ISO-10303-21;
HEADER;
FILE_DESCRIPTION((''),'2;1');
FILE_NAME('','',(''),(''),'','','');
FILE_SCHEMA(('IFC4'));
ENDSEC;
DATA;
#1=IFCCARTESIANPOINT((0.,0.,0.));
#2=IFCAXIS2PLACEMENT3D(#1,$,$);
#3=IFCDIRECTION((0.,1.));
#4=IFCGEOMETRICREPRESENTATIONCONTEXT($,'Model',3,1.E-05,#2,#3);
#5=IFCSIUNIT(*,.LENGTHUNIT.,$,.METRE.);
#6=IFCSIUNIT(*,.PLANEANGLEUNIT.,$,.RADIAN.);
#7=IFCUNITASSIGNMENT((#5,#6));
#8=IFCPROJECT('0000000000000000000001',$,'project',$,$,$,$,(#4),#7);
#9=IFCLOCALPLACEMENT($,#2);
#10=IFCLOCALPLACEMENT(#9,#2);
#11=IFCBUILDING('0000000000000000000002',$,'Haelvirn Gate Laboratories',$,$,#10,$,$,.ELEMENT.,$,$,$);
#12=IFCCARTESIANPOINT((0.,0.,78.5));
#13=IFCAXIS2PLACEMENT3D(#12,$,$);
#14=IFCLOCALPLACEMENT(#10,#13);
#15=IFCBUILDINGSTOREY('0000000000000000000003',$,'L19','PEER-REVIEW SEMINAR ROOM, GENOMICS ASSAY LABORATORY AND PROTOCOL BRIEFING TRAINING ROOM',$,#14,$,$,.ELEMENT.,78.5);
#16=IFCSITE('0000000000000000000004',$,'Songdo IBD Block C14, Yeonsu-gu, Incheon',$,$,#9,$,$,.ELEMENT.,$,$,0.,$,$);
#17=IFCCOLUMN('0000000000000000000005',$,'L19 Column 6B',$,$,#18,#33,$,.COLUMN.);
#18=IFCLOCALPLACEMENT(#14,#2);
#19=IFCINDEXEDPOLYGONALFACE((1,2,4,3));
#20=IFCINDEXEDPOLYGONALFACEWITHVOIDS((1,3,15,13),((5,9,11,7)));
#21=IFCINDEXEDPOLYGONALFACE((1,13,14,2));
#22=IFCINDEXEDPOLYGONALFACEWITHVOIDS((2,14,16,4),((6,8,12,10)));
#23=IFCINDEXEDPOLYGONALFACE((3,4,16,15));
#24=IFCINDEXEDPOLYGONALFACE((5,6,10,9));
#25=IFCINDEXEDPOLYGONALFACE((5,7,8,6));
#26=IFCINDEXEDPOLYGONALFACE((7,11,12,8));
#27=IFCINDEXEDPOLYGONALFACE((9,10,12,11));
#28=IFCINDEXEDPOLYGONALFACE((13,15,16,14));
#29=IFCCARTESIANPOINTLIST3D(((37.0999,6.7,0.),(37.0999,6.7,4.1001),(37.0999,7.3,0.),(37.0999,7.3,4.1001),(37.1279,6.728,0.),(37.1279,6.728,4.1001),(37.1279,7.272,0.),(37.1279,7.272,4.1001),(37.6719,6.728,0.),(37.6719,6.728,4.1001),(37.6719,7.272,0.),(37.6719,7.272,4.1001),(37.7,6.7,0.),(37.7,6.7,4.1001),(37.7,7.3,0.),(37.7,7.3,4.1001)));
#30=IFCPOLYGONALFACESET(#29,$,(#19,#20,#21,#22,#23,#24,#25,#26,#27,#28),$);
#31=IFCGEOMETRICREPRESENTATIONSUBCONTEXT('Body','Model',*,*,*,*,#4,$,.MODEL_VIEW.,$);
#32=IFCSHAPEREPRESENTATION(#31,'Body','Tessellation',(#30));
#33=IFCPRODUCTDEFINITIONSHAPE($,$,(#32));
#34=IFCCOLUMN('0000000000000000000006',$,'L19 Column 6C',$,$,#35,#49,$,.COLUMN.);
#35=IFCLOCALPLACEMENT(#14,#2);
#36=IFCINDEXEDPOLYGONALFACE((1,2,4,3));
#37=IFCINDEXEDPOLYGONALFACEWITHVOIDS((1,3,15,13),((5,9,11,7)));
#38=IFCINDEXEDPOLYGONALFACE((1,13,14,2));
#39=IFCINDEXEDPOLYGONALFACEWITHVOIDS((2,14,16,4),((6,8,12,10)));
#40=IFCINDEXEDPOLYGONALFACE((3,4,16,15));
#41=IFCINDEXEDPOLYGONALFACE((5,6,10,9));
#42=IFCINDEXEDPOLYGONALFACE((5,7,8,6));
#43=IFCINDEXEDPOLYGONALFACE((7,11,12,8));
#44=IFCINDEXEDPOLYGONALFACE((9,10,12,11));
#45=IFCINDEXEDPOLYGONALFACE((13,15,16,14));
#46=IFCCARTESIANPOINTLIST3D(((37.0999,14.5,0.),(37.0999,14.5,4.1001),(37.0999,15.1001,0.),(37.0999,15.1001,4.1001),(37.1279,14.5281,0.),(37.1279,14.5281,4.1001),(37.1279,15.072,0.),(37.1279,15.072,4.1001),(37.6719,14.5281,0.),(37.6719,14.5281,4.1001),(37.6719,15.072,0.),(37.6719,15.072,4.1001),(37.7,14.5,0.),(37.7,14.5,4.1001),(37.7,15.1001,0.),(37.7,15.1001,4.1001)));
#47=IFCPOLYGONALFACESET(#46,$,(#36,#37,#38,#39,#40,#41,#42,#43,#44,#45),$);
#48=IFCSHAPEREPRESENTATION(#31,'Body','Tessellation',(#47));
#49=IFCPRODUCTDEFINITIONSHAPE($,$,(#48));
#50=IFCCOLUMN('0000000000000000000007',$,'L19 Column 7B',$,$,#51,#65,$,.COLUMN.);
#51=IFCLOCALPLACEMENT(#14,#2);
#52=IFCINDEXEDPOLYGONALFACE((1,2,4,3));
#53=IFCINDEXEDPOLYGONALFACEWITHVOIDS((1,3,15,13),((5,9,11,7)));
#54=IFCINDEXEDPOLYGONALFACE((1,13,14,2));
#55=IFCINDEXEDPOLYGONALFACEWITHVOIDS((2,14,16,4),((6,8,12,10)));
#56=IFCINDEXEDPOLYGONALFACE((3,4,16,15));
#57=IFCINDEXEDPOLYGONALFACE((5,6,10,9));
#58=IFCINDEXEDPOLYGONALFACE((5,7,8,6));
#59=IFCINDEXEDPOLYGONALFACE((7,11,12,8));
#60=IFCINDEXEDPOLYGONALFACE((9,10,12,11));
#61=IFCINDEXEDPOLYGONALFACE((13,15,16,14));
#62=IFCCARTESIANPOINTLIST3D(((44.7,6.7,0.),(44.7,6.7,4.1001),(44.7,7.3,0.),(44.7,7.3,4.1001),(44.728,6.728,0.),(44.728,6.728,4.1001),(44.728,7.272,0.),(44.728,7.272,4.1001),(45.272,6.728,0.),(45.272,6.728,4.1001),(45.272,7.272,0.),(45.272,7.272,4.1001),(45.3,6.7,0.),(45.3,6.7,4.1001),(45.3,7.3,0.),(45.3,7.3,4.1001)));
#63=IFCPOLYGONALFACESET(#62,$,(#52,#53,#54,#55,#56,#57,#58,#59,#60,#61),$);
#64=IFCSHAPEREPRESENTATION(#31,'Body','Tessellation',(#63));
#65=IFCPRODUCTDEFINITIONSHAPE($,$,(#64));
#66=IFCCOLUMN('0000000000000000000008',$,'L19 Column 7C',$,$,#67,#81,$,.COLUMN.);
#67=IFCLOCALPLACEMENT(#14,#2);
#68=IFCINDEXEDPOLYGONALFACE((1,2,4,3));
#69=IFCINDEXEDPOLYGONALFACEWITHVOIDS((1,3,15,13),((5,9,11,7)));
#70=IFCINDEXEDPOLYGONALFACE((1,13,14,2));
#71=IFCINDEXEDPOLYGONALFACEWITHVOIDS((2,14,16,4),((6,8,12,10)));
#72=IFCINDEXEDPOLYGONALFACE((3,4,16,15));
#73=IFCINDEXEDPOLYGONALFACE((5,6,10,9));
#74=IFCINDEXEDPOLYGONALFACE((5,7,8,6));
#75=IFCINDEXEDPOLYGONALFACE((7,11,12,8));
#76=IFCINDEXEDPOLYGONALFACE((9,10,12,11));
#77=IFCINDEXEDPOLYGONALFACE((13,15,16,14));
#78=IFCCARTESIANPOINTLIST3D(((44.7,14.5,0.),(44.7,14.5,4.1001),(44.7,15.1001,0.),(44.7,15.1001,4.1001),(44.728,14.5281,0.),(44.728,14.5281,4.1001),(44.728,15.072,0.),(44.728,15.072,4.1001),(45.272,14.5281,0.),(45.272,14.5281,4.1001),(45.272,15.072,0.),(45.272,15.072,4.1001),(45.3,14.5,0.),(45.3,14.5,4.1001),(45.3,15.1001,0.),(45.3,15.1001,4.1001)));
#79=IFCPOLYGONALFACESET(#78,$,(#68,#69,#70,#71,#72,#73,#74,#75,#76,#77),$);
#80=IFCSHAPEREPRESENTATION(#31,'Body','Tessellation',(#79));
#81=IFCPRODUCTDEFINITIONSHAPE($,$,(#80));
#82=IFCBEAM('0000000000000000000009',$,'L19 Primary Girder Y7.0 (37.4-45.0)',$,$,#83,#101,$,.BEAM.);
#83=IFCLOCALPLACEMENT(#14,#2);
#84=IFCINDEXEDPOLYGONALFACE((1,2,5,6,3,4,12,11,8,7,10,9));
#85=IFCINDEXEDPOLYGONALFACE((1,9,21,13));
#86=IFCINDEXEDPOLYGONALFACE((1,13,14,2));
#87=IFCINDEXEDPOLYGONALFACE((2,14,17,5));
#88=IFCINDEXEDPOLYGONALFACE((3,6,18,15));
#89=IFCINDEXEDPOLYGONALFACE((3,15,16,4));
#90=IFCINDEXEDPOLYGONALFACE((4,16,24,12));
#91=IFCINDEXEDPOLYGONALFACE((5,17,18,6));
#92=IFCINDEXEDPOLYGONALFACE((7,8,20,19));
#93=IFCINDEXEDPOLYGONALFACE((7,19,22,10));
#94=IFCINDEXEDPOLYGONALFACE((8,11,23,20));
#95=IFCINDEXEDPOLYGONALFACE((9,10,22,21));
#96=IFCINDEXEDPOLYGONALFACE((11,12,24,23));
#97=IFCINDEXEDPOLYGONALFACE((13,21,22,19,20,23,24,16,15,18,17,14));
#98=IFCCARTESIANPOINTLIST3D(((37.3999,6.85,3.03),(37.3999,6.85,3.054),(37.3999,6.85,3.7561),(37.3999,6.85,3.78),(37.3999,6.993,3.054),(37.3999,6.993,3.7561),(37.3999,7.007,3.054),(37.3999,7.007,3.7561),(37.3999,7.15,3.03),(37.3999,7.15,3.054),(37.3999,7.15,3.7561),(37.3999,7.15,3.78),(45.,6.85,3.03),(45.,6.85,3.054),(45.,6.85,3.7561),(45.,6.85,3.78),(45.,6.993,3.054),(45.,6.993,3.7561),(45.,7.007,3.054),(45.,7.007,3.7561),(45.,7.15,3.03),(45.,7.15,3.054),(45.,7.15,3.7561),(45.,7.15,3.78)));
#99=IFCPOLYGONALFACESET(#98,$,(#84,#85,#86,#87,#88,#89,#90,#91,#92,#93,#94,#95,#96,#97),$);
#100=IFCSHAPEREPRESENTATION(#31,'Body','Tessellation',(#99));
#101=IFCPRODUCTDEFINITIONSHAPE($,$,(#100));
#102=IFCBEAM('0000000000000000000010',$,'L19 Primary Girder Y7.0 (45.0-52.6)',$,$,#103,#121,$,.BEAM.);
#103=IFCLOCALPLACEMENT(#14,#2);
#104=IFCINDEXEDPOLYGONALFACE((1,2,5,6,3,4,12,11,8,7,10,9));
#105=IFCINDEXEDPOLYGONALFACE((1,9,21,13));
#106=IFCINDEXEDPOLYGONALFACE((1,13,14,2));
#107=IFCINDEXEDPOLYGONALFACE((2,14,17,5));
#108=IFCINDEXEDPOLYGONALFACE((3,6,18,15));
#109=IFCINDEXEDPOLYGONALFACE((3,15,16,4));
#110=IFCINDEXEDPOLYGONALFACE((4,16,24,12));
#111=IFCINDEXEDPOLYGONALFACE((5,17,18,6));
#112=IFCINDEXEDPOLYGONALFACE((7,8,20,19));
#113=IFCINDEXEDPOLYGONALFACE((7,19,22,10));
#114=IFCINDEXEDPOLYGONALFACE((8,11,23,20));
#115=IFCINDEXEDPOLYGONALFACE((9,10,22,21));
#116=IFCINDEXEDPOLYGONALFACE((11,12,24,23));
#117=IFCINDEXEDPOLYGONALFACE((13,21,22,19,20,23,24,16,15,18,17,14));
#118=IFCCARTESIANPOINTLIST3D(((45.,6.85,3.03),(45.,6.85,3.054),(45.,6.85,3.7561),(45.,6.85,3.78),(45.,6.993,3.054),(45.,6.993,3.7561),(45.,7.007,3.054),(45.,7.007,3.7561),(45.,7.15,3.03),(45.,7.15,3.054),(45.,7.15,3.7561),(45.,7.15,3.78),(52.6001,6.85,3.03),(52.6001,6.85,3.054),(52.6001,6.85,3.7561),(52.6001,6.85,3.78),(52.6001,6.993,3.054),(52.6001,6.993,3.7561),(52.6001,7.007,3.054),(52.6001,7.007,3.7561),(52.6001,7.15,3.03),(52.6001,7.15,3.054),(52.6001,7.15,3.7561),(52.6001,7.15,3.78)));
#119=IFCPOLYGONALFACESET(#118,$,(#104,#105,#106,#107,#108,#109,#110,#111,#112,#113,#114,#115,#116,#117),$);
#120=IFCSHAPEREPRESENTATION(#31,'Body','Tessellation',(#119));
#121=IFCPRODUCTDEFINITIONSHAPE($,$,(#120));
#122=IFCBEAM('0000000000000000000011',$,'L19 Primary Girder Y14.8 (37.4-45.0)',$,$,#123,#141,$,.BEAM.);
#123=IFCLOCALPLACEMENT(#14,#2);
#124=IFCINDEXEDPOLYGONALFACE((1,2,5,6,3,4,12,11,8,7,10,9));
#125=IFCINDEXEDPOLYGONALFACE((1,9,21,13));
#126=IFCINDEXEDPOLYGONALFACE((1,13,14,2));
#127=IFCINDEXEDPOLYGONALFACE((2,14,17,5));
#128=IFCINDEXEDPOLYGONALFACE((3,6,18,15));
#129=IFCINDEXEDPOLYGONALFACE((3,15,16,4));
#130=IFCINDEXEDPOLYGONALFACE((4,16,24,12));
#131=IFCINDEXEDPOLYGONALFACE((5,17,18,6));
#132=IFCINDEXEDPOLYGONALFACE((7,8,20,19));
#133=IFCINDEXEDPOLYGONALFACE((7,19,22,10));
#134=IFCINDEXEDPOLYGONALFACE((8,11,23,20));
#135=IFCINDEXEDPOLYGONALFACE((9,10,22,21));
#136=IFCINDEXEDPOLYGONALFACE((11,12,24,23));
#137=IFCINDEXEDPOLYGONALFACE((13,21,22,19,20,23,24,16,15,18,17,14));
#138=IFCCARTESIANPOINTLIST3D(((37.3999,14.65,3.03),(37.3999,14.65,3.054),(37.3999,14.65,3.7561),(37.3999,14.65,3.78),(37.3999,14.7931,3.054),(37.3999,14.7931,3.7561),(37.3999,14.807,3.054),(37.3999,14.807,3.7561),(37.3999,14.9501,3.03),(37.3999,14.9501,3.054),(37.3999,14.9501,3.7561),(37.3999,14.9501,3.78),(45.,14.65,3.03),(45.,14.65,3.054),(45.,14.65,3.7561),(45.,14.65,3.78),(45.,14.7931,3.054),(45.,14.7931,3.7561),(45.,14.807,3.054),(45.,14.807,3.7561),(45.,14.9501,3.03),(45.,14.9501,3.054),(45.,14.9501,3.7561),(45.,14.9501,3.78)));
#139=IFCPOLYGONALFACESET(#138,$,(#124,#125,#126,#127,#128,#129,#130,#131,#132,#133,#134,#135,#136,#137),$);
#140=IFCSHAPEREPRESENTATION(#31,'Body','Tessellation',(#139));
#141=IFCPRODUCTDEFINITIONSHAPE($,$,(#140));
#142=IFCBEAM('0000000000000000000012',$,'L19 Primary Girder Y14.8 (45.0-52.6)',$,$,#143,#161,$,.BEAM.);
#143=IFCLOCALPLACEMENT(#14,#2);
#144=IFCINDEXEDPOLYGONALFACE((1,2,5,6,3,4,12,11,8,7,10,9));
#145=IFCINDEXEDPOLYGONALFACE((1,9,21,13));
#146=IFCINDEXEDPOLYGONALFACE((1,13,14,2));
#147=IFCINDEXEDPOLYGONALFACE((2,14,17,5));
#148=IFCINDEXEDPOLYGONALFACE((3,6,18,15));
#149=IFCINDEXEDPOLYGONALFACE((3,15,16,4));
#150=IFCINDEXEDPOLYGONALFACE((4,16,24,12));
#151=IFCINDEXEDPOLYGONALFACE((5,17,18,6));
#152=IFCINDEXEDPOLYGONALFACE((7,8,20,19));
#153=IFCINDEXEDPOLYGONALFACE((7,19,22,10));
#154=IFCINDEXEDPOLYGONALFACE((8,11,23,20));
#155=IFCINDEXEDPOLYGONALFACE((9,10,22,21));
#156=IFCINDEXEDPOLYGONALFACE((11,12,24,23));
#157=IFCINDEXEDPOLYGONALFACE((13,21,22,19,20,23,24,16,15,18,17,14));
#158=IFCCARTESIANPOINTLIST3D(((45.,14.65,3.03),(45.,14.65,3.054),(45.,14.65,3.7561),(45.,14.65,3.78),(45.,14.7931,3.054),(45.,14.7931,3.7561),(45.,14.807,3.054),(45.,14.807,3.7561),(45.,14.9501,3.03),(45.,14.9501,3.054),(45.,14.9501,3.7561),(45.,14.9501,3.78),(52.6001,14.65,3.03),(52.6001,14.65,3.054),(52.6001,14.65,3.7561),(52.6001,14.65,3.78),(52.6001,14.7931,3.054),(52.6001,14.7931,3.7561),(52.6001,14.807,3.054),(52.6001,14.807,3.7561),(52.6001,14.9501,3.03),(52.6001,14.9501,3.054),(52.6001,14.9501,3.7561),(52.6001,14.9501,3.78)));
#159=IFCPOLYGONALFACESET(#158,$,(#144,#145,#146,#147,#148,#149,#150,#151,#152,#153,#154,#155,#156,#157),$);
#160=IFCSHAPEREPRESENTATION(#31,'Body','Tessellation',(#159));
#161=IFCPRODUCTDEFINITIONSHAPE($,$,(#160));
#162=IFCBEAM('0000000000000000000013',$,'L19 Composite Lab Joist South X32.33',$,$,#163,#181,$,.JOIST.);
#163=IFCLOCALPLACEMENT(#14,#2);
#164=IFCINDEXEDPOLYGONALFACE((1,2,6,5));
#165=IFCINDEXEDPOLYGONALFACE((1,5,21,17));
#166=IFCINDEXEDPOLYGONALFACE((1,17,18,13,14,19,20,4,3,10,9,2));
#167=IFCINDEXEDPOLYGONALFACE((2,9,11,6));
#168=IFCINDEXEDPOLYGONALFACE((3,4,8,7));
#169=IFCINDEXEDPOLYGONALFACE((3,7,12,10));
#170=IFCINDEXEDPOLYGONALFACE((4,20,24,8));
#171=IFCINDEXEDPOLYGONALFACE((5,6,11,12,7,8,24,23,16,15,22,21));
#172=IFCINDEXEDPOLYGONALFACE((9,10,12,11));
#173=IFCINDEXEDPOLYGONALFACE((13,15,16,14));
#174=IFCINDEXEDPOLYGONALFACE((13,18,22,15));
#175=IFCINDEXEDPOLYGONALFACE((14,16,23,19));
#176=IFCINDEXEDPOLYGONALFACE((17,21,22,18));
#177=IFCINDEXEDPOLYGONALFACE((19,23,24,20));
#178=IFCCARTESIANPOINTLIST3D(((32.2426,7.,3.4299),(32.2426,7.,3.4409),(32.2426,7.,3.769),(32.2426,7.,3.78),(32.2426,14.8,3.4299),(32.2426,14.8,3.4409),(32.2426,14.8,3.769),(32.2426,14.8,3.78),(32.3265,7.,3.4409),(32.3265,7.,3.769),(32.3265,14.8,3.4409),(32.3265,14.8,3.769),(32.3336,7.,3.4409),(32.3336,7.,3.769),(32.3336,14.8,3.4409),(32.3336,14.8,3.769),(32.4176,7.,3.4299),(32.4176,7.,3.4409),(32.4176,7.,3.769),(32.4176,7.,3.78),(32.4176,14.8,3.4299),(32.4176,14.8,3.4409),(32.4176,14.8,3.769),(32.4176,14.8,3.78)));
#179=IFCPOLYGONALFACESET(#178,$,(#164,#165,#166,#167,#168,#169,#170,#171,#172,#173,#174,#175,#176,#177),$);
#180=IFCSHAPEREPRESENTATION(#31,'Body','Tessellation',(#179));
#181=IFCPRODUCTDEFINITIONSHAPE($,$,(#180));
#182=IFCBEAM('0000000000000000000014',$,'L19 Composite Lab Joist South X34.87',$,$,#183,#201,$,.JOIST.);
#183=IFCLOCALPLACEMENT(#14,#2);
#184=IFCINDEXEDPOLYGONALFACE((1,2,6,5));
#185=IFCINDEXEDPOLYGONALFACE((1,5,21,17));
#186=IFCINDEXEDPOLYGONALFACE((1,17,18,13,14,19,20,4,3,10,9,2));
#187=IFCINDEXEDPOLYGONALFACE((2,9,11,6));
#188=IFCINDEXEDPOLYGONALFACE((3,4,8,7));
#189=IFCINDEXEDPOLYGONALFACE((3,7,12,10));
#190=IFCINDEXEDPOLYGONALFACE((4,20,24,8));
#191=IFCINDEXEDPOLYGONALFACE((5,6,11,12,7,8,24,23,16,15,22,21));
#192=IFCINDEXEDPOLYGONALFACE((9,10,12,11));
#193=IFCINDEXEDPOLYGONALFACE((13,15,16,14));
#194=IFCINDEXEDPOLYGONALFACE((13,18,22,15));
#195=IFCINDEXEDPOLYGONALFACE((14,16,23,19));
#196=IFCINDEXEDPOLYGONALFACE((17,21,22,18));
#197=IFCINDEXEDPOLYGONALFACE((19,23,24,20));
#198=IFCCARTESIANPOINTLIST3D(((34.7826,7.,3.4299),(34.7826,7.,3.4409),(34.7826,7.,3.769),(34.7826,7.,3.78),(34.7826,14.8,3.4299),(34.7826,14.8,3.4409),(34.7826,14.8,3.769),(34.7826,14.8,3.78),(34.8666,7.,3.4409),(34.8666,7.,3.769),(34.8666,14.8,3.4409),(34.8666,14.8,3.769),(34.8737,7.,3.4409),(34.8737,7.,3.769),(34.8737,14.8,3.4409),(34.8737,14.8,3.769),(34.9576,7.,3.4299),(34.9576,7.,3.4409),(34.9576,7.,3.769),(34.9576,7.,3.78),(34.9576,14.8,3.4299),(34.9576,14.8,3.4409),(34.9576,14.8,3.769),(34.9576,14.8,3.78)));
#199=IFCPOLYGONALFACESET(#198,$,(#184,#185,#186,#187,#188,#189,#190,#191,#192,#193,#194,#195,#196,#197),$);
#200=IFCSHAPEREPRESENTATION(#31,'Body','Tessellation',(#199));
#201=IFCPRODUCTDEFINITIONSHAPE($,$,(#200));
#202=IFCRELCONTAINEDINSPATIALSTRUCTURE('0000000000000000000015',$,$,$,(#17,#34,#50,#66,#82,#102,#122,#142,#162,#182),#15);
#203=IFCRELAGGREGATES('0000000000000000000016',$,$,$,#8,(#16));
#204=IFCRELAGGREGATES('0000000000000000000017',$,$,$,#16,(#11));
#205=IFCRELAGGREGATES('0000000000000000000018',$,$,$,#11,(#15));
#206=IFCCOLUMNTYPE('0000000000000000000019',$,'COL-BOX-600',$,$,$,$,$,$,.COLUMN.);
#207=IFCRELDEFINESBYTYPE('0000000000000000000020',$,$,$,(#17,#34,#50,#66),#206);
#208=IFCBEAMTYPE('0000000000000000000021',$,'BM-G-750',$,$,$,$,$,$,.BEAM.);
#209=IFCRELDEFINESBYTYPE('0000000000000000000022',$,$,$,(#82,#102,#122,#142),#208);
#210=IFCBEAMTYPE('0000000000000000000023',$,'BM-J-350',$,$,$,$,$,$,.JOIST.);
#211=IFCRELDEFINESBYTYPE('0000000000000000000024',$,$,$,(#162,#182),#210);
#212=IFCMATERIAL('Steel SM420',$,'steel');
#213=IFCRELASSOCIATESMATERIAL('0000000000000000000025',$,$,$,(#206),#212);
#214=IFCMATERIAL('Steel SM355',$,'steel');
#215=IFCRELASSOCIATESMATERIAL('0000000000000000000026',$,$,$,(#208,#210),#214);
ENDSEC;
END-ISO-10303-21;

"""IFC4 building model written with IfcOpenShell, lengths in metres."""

from ifc_helpers import new_model, si_unit, direction, frame, origin, origin_2d, place, context, subcontext, project, spatial, hollow_rectangle, i_section, extrude, source, transform, mapped, material, material_profile, profile_set, type_object, type_shapes, element, save


model = new_model("IFC4")

# Units and contexts
model_context = context("Model", 3, precision=1e-05, world=origin(), true_north=direction((0.0, 1.0)))
body_context = subcontext(model_context, "Body", "Model", "MODEL_VIEW")
ifc_project = project(units=[si_unit("LENGTHUNIT", "METRE"), si_unit("PLANEANGLEUNIT", "RADIAN")], contexts=[model_context])

# Site, building, storey
site_placement = place(None, origin())
site = spatial("IfcSite", under=ifc_project, at=site_placement, Name="Songdo IBD Block C14, Yeonsu-gu, Incheon", CompositionType="ELEMENT", RefElevation=0.0)
building_placement = place(site_placement, origin())
building = spatial("IfcBuilding", under=site, at=building_placement, Name="Haelvirn Gate Laboratories", CompositionType="ELEMENT")
storey_placement = place(building_placement, frame((0.0, 0.0, 78.5)))
storey = spatial("IfcBuildingStorey", under=building, at=storey_placement, Name="L19", Description="PEER-REVIEW SEMINAR ROOM, GENOMICS ASSAY LABORATORY AND PROTOCOL BRIEFING TRAINING ROOM", CompositionType="ELEMENT", Elevation=78.5)

# Columns
ifc_material_1 = material(Name="Steel SM420", Category="steel")
ifc_material_profile_1 = material_profile(ifc_material_1, hollow_rectangle(XDim=0.6001, YDim=0.6001, WallThickness=0.0281, at=origin_2d()), Name="BOX-600x600x28")
ifc_profile_set_1 = profile_set([ifc_material_profile_1], Name="Steel SM420")
column_type = type_object("IfcColumnType", Name="COL-BOX-600", PredefinedType="COLUMN", material=ifc_profile_set_1)
shared_shape_1 = source(origin(), body_context, "Body", "SweptSolid", [
    extrude(hollow_rectangle(XDim=0.6001, YDim=0.6001, WallThickness=0.0281, at=origin_2d()), origin(), (0.0, 0.0, 1.0), 4.1001),
])
type_shapes(column_type, [shared_shape_1])
for number, where, z_axis, x_axis, name in (
    (1, (37.3999, 7.0, 0.0), (0.0, 0.0, 1.0), (1.0, 0.0, 0.0), "L19 Column 6B"),
    (2, (37.3999, 14.8, 0.0), (0.0, 0.0, 1.0), (1.0, 0.0, 0.0), "L19 Column 6C"),
    (3, (45.0, 7.0, 0.0), (0.0, 0.0, 1.0), (1.0, 0.0, 0.0), "L19 Column 7B"),
    (4, (45.0, 14.8, 0.0), (0.0, 0.0, 1.0), (1.0, 0.0, 0.0), "L19 Column 7C"),
):
    element("IfcColumn", number, at=place(storey_placement, frame(where, z_axis=z_axis, x_axis=x_axis)), inside=storey, type_object=column_type, Name=name, PredefinedType="COLUMN", context=body_context, shape_type="MappedRepresentation", body=[
        mapped(shared_shape_1, transform((0.0, 0.0, 0.0), scale=1.0)),
    ])

# Beams
ifc_material_2 = material(Name="Steel SM355", Category="steel")
ifc_material_profile_2 = material_profile(ifc_material_2, i_section(OverallWidth=0.3, OverallDepth=0.75, WebThickness=0.0139, FlangeThickness=0.0239, at=origin_2d()), Name="H-750x300x14x24")
ifc_profile_set_2 = profile_set([ifc_material_profile_2], Name="Steel SM355")
beam_type_1 = type_object("IfcBeamType", Name="BM-G-750", PredefinedType="BEAM", material=ifc_profile_set_2)
shared_shape_2 = source(origin(), body_context, "Body", "SweptSolid", [
    extrude(i_section(OverallWidth=0.3, OverallDepth=0.75, WebThickness=0.0139, FlangeThickness=0.0239, at=origin_2d()), origin(), (0.0, 0.0, 1.0), 7.6001),
])
type_shapes(beam_type_1, [shared_shape_2])
for number, where, z_axis, x_axis, name in (
    (5, (37.3999, 7.0, 3.405), (1.0, 0.0, 0.0), (0.0, 1.0, 0.0), "L19 Primary Girder Y7.0 (37.4-45.0)"),
    (6, (45.0, 7.0, 3.405), (1.0, 0.0, 0.0), (0.0, 1.0, 0.0), "L19 Primary Girder Y7.0 (45.0-52.6)"),
    (7, (37.3999, 14.8, 3.405), (1.0, 0.0, 0.0), (0.0, 1.0, 0.0), "L19 Primary Girder Y14.8 (37.4-45.0)"),
    (8, (45.0, 14.8, 3.405), (1.0, 0.0, 0.0), (0.0, 1.0, 0.0), "L19 Primary Girder Y14.8 (45.0-52.6)"),
):
    element("IfcBeam", number, at=place(storey_placement, frame(where, z_axis=z_axis, x_axis=x_axis)), inside=storey, type_object=beam_type_1, Name=name, PredefinedType="BEAM", context=body_context, shape_type="MappedRepresentation", body=[
        mapped(shared_shape_2, transform((0.0, 0.0, 0.0), scale=1.0)),
    ])
ifc_material_profile_3 = material_profile(ifc_material_2, i_section(OverallWidth=0.175, OverallDepth=0.3501, WebThickness=0.0071, FlangeThickness=0.011, at=origin_2d()), Name="H-350x175x7x11")
ifc_profile_set_3 = profile_set([ifc_material_profile_3], Name="Steel SM355")
beam_type_2 = type_object("IfcBeamType", Name="BM-J-350", PredefinedType="JOIST", material=ifc_profile_set_3)
shared_shape_3 = source(origin(), body_context, "Body", "SweptSolid", [
    extrude(i_section(OverallWidth=0.175, OverallDepth=0.3501, WebThickness=0.0071, FlangeThickness=0.011, at=origin_2d()), origin(), (0.0, 0.0, 1.0), 7.8),
])
type_shapes(beam_type_2, [shared_shape_3])
for number, where, z_axis, x_axis, name in (
    (9, (32.3301, 7.0, 3.605), (0.0, 1.0, 0.0), (-1.0, 0.0, 0.0), "L19 Composite Lab Joist South X32.33"),
    (10, (34.8701, 7.0, 3.605), (0.0, 1.0, 0.0), (-1.0, 0.0, 0.0), "L19 Composite Lab Joist South X34.87"),
):
    element("IfcBeam", number, at=place(storey_placement, frame(where, z_axis=z_axis, x_axis=x_axis)), inside=storey, type_object=beam_type_2, Name=name, PredefinedType="JOIST", context=body_context, shape_type="MappedRepresentation", body=[
        mapped(shared_shape_3, transform((0.0, 0.0, 0.0), scale=1.0)),
    ])

save(model, "model.ifc")
